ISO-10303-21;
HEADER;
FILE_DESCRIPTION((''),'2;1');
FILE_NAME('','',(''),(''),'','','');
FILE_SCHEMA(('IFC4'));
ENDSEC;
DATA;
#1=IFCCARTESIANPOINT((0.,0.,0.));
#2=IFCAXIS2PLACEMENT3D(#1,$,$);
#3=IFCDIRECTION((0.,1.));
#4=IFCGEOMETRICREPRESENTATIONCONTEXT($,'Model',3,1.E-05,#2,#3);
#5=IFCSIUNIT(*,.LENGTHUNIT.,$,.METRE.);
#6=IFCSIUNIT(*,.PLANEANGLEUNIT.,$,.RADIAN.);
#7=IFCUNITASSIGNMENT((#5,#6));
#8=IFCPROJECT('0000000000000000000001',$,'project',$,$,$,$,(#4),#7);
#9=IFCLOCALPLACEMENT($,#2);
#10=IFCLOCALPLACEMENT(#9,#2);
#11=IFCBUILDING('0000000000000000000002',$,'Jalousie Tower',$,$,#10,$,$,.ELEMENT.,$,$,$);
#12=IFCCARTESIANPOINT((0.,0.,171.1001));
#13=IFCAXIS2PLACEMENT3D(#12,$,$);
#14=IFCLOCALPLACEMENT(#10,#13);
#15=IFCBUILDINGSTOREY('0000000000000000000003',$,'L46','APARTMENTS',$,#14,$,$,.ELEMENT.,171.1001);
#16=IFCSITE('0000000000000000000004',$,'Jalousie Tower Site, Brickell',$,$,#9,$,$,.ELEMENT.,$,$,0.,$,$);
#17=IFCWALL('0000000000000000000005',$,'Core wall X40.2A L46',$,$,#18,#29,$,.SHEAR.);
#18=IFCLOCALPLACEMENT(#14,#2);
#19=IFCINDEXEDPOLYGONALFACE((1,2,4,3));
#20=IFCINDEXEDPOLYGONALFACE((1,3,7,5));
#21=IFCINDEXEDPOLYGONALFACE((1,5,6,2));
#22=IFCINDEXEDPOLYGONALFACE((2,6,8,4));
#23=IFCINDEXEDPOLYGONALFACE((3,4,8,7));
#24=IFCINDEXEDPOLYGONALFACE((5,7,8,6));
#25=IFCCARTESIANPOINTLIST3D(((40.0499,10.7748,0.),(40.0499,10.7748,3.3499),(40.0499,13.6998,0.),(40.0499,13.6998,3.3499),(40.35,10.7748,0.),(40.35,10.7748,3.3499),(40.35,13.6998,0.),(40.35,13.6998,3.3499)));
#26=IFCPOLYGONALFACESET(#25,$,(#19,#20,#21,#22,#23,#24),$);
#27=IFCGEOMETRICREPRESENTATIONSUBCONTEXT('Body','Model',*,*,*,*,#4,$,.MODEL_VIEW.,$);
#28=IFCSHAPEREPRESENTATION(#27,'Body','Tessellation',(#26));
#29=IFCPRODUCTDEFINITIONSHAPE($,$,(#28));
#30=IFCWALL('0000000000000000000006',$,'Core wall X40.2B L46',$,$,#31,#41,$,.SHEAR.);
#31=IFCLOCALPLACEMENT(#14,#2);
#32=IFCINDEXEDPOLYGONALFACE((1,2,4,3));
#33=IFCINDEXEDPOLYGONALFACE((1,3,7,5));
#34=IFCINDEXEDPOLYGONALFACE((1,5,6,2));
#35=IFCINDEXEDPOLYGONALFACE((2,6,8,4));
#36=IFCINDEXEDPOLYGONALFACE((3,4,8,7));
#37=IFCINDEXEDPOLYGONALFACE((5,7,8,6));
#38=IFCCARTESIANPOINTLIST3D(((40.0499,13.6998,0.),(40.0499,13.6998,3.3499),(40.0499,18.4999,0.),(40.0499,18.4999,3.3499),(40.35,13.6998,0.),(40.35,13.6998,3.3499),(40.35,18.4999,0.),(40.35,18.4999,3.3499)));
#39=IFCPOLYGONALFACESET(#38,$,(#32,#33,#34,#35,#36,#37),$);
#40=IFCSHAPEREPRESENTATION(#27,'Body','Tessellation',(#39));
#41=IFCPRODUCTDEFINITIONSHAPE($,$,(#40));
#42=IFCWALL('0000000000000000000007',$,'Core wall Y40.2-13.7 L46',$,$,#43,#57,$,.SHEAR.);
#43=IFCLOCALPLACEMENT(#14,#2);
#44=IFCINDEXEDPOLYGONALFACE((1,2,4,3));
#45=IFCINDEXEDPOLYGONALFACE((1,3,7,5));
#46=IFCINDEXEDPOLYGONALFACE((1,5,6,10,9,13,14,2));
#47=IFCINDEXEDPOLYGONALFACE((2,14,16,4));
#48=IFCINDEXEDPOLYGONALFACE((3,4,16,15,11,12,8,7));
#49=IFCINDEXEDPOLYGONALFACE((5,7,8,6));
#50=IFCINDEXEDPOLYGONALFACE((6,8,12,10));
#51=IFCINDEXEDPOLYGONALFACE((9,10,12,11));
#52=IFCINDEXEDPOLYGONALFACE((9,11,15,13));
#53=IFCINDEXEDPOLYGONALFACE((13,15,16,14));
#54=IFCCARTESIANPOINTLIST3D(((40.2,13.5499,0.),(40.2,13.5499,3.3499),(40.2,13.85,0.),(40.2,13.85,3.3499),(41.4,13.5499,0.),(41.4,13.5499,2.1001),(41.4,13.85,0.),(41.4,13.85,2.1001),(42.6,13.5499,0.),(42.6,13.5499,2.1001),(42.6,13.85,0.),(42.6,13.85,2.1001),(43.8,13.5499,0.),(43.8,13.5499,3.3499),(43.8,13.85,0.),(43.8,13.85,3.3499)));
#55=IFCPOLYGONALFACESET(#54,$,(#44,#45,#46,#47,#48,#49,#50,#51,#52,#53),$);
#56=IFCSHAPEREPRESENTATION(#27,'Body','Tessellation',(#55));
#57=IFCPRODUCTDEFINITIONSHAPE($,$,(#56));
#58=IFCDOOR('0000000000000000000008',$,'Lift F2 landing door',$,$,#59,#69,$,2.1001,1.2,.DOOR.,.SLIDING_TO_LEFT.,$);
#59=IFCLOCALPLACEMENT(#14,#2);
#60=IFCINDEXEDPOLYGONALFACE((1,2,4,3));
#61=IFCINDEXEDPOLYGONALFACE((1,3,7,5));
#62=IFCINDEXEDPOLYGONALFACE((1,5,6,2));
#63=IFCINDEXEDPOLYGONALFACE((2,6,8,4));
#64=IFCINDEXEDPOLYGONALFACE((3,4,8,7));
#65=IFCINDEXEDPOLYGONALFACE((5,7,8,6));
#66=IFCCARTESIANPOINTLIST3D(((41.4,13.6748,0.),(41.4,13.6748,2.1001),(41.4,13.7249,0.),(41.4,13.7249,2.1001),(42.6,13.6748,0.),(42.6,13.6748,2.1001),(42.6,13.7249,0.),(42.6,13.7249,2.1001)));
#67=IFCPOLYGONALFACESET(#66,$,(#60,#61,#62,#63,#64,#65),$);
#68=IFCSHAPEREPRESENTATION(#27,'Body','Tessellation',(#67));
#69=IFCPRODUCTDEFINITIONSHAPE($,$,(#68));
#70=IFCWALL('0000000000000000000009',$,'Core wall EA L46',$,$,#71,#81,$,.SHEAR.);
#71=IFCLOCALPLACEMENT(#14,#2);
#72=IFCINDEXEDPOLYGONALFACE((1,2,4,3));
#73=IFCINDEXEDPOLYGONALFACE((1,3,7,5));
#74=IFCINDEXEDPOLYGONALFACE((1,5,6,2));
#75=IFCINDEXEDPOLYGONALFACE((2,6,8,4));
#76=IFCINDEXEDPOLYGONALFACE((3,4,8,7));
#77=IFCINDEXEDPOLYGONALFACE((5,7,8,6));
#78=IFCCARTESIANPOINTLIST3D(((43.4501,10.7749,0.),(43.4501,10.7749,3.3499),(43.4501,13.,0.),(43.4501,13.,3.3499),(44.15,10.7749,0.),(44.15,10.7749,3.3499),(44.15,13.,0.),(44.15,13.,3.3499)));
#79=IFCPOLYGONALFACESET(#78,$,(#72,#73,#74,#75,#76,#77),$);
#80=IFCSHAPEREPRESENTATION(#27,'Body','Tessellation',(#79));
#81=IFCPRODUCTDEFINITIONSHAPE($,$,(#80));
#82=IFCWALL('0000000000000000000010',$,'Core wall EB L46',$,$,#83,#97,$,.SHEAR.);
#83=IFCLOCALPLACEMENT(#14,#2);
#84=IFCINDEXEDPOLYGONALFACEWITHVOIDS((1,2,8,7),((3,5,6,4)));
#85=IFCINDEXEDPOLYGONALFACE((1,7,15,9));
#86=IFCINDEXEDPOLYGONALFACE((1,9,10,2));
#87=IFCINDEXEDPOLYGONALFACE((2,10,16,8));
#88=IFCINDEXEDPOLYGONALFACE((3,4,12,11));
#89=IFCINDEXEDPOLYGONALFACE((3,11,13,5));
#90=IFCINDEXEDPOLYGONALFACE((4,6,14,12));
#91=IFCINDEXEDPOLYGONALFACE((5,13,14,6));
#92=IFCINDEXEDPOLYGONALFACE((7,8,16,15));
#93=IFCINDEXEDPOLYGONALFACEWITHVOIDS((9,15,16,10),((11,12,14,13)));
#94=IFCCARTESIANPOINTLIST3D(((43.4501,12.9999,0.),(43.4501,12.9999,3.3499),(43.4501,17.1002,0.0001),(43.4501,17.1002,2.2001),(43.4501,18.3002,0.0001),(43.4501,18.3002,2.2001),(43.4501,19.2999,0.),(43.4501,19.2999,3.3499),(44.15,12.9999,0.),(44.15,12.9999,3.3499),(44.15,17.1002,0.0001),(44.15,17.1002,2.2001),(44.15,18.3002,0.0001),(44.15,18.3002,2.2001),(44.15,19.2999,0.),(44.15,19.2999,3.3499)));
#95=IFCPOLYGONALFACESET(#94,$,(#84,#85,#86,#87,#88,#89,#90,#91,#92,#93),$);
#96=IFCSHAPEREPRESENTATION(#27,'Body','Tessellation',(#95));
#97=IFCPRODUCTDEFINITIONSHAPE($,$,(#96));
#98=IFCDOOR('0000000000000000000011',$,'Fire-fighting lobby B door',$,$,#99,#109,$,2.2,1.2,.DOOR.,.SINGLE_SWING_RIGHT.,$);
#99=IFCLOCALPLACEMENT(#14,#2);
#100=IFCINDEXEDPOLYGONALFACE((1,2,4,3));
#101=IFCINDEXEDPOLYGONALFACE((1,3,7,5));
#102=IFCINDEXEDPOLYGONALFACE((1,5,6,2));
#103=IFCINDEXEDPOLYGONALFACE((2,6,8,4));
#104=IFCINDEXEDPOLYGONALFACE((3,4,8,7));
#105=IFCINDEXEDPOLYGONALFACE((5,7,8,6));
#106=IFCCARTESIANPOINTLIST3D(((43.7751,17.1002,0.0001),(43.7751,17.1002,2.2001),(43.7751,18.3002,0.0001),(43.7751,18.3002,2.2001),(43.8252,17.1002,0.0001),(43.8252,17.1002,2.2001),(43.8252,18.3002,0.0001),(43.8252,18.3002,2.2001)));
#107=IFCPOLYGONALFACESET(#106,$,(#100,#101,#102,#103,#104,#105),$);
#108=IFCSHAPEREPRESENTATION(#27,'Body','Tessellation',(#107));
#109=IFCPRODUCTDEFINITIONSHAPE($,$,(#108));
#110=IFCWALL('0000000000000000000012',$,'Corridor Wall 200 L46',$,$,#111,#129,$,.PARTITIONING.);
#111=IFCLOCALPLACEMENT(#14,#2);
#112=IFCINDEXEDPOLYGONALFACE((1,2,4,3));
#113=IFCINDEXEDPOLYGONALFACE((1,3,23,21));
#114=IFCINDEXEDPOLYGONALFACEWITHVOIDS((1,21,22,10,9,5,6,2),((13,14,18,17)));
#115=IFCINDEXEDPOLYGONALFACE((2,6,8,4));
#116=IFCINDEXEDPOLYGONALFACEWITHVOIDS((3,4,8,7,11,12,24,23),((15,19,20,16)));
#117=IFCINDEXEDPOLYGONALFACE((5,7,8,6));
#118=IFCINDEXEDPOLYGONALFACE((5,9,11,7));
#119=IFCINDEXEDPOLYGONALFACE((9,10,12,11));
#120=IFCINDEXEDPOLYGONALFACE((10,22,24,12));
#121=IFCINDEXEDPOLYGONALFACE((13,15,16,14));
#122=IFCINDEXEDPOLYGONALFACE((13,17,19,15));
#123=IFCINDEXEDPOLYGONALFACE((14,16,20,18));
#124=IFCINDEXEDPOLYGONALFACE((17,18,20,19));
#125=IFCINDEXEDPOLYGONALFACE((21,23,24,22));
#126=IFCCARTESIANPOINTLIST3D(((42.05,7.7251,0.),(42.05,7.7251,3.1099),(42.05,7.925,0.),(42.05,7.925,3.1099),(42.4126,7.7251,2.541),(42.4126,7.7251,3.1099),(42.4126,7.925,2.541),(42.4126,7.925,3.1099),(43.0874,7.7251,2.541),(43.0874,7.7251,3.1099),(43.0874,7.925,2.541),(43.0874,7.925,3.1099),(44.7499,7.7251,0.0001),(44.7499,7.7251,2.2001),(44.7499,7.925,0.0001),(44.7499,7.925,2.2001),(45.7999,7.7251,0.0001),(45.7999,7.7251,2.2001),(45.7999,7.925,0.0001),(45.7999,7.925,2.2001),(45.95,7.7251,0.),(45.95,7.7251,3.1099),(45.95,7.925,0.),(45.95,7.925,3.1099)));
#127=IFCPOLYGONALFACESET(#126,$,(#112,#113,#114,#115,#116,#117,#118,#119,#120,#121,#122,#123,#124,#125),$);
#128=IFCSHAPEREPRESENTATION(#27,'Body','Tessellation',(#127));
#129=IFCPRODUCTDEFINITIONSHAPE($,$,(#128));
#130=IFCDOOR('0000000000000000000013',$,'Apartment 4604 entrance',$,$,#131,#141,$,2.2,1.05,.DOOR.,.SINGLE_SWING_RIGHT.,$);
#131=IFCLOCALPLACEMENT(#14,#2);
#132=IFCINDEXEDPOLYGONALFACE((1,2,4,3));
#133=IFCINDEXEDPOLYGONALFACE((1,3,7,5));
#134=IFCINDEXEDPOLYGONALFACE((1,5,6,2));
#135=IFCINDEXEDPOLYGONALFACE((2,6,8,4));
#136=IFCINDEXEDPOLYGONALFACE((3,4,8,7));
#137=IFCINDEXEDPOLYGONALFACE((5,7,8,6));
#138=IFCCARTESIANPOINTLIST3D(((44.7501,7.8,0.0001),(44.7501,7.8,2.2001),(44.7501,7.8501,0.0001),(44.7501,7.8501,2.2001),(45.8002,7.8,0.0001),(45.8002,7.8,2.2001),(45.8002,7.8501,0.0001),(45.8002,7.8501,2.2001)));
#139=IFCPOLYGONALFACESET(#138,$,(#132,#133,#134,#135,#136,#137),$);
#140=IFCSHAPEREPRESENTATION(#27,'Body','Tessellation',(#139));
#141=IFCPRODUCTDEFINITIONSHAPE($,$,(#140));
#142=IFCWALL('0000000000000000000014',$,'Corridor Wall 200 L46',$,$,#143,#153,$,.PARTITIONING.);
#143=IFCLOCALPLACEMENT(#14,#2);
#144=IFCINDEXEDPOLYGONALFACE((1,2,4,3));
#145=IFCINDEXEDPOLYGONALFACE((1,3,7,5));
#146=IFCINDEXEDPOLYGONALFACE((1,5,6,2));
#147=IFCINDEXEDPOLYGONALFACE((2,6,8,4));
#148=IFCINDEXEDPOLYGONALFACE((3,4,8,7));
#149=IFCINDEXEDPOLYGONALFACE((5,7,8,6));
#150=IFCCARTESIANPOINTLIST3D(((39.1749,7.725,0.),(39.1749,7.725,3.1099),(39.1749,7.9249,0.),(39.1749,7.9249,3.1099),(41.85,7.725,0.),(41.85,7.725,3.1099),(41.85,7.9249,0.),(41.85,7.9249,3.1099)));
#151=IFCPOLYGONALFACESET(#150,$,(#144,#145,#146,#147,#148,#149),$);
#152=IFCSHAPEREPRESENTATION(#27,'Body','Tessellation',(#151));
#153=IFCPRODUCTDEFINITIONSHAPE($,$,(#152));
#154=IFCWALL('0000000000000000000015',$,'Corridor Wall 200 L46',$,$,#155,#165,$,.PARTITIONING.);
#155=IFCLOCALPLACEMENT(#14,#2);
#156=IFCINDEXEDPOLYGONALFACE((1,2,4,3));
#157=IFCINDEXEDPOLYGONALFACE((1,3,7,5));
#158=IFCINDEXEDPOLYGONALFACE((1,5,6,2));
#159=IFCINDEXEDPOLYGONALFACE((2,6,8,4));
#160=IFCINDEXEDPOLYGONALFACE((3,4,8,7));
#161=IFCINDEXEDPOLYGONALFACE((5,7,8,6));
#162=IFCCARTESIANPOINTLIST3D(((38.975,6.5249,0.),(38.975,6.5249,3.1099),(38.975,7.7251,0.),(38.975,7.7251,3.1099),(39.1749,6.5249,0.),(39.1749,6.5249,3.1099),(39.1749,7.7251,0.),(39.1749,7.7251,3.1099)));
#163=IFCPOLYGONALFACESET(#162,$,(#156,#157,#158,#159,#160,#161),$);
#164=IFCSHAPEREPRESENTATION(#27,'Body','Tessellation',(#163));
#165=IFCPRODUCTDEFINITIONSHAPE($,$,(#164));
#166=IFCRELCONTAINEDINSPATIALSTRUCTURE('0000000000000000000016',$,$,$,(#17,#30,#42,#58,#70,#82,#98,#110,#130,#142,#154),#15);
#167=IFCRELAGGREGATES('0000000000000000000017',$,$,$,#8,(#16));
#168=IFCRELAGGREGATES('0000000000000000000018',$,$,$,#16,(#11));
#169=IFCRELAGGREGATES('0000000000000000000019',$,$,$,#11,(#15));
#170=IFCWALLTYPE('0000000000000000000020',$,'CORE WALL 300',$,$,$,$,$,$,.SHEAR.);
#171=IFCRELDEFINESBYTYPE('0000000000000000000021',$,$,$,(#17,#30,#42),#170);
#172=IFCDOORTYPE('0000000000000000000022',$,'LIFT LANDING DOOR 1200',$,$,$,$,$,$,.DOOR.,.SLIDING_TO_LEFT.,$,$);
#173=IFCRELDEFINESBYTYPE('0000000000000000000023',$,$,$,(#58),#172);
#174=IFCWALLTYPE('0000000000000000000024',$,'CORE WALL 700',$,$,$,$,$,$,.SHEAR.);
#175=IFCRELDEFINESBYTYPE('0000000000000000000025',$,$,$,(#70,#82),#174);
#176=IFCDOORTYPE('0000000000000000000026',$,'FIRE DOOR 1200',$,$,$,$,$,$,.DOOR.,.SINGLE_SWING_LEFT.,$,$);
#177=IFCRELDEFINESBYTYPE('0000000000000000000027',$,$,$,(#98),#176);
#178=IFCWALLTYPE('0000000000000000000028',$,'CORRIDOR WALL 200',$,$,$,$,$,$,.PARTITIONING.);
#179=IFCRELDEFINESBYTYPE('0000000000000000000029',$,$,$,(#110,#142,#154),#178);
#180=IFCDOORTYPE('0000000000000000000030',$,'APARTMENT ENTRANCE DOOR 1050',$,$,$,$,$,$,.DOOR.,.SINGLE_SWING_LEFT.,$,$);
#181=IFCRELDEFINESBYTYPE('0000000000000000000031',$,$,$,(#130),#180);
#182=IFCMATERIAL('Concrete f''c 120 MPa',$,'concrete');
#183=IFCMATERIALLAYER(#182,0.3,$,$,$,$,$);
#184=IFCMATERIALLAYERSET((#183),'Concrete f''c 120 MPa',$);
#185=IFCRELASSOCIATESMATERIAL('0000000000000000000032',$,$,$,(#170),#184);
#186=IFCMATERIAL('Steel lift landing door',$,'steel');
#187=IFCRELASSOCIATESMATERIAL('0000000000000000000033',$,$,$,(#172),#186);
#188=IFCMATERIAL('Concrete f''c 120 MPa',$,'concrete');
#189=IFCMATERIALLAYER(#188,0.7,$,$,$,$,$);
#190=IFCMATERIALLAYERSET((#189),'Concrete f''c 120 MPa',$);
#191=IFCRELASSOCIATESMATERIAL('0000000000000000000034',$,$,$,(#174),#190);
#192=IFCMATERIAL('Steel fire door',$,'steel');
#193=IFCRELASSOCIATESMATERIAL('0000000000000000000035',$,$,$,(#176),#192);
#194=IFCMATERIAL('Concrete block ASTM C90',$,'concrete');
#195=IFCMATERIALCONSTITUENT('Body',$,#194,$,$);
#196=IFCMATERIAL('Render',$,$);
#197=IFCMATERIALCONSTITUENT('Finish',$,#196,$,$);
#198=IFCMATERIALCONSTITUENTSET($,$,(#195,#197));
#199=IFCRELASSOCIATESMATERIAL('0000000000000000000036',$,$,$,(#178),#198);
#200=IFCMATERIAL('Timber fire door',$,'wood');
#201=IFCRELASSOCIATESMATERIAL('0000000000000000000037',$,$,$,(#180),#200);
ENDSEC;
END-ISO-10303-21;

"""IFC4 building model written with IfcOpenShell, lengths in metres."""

from ifc_helpers import new_model, si_unit, direction, frame, frame_2d, origin, place, context, subcontext, project, spatial, polyline, rectangle, outline, extrude, material, layer, layer_set, constituent, constituent_set, type_object, element, fill, save


model = new_model("IFC4")

# Units and contexts
model_context = context("Model", 3, precision=1e-05, world=origin(), true_north=direction((0.0, 1.0)))
body_context = subcontext(model_context, "Body", "Model", "MODEL_VIEW")
ifc_project = project(units=[si_unit("LENGTHUNIT", "METRE"), si_unit("PLANEANGLEUNIT", "RADIAN")], contexts=[model_context])

# Site, building, storey
site_placement = place(None, origin())
site = spatial("IfcSite", under=ifc_project, at=site_placement, Name="Jalousie Tower Site, Brickell", CompositionType="ELEMENT", RefElevation=0.0)
building_placement = place(site_placement, origin())
building = spatial("IfcBuilding", under=site, at=building_placement, Name="Jalousie Tower", CompositionType="ELEMENT")
storey_placement = place(building_placement, frame((0.0, 0.0, 171.1001)))
storey = spatial("IfcBuildingStorey", under=building, at=storey_placement, Name="L46", Description="APARTMENTS", CompositionType="ELEMENT", Elevation=171.1001)

# Walls
ifc_material_1 = material(Name="Concrete f'c 120 MPa", Category="concrete")
ifc_layer_1 = layer(ifc_material_1, 0.3)
ifc_layer_set_1 = layer_set([ifc_layer_1], Name="Concrete f'c 120 MPa")
wall_type_1 = type_object("IfcWallType", Name="CORE WALL 300", PredefinedType="SHEAR", material=ifc_layer_set_1)
wall_1_placement = place(storey_placement, frame((40.2, 10.7749, 0.0), z_axis=(0.0, 0.0, 1.0), x_axis=(0.0, 1.0, 0.0)))
element("IfcWall", 1, at=wall_1_placement, inside=storey, type_object=wall_type_1, Name="Core wall X40.2A L46", PredefinedType="SHEAR", context=body_context, shape_type="SweptSolid", body=[
    extrude(rectangle(XDim=2.925, YDim=0.3, at=frame_2d((1.4624, 0.0))), origin(), (0.0, 0.0, 1.0), 3.3499),
])
wall_2_placement = place(storey_placement, frame((40.2, 13.7, 0.0), z_axis=(0.0, 0.0, 1.0), x_axis=(0.0, 1.0, 0.0)))
element("IfcWall", 2, at=wall_2_placement, inside=storey, type_object=wall_type_1, Name="Core wall X40.2B L46", PredefinedType="SHEAR", context=body_context, shape_type="SweptSolid", body=[
    extrude(rectangle(XDim=4.8, YDim=0.3, at=frame_2d((2.3999, 0.0))), origin(), (0.0, 0.0, 1.0), 3.3499),
])

# Wall, opening, door
wall_3_placement = place(storey_placement, frame((40.2, 13.7, 0.0), z_axis=(0.0, 0.0, 1.0), x_axis=(1.0, 0.0, 0.0)))
wall_3 = element("IfcWall", 3, at=wall_3_placement, inside=storey, type_object=wall_type_1, Name="Core wall Y40.2-13.7 L46", PredefinedType="SHEAR", context=body_context, shape_type="SweptSolid", body=[
    extrude(rectangle(XDim=3.6001, YDim=0.3, at=frame_2d((1.8, 0.0))), origin(), (0.0, 0.0, 1.0), 3.3499),
])
opening_1_placement = place(wall_3_placement, frame((1.2, 0.0, 0.0)))
opening_1 = element("IfcOpeningElement", 4, at=opening_1_placement, cuts=wall_3, PredefinedType="OPENING", context=body_context, shape_type="SweptSolid", body=[
    extrude(rectangle(XDim=1.2, YDim=2.1001, at=frame_2d((0.6001, 1.05))), frame((0.0, 0.1599, 0.0), z_axis=(0.0, -1.0, 0.0), x_axis=(1.0, 0.0, 0.0)), (0.0, 0.0, 1.0), 0.3201),
])
ifc_material_2 = material(Name="Steel lift landing door", Category="steel")
door_type_1 = type_object("IfcDoorType", Name="LIFT LANDING DOOR 1200", OperationType="SLIDING_TO_LEFT", PredefinedType="DOOR", material=ifc_material_2)
door_1_placement = place(opening_1_placement, origin())
door_1 = element("IfcDoor", 5, at=door_1_placement, inside=storey, type_object=door_type_1, Name="Lift F2 landing door", OperationType="SLIDING_TO_LEFT", OverallHeight=2.1001, OverallWidth=1.2, PredefinedType="DOOR", context=body_context, shape_type="SweptSolid", body=[
    extrude(rectangle(XDim=1.2, YDim=2.1001, at=frame_2d((0.6001, 1.05))), frame((0.0, 0.0249, 0.0), z_axis=(0.0, -1.0, 0.0), x_axis=(1.0, 0.0, 0.0)), (0.0, 0.0, 1.0), 0.05),
])
fill(opening_1, door_1)

# Wall
ifc_material_3 = material(Name="Concrete f'c 120 MPa", Category="concrete")
ifc_layer_2 = layer(ifc_material_3, 0.7)
ifc_layer_set_2 = layer_set([ifc_layer_2], Name="Concrete f'c 120 MPa")
wall_type_2 = type_object("IfcWallType", Name="CORE WALL 700", PredefinedType="SHEAR", material=ifc_layer_set_2)
wall_4_placement = place(storey_placement, frame((43.8, 10.7749, 0.0), z_axis=(0.0, 0.0, 1.0), x_axis=(0.0, 1.0, 0.0)))
element("IfcWall", 6, at=wall_4_placement, inside=storey, type_object=wall_type_2, Name="Core wall EA L46", PredefinedType="SHEAR", context=body_context, shape_type="SweptSolid", body=[
    extrude(rectangle(XDim=2.2251, YDim=0.7, at=frame_2d((1.1125, 0.0))), origin(), (0.0, 0.0, 1.0), 3.3499),
])

# Walls, openings, doors
wall_5_placement = place(storey_placement, frame((43.8, 13.0, 0.0), z_axis=(0.0, 0.0, 1.0), x_axis=(0.0, 1.0, 0.0)))
wall_5 = element("IfcWall", 7, at=wall_5_placement, inside=storey, type_object=wall_type_2, Name="Core wall EB L46", PredefinedType="SHEAR", context=body_context, shape_type="SweptSolid", body=[
    extrude(rectangle(XDim=6.3, YDim=0.7, at=frame_2d((3.1499, 0.0))), origin(), (0.0, 0.0, 1.0), 3.3499),
])
opening_2_placement = place(wall_5_placement, frame((4.1001, 0.0, 0.0)))
opening_2 = element("IfcOpeningElement", 8, at=opening_2_placement, cuts=wall_5, PredefinedType="OPENING", context=body_context, shape_type="SweptSolid", body=[
    extrude(rectangle(XDim=1.2, YDim=2.2, at=frame_2d((0.6001, 1.1001))), frame((0.0, 0.3599, 0.0), z_axis=(0.0, -1.0, 0.0), x_axis=(1.0, 0.0, 0.0)), (0.0, 0.0, 1.0), 0.72),
])
ifc_material_4 = material(Name="Steel fire door", Category="steel")
door_type_2 = type_object("IfcDoorType", Name="FIRE DOOR 1200", OperationType="SINGLE_SWING_LEFT", PredefinedType="DOOR", material=ifc_material_4)
door_2_placement = place(opening_2_placement, origin())
door_2 = element("IfcDoor", 9, at=door_2_placement, inside=storey, type_object=door_type_2, Name="Fire-fighting lobby B door", OperationType="SINGLE_SWING_RIGHT", OverallHeight=2.2, OverallWidth=1.2, PredefinedType="DOOR", context=body_context, shape_type="SweptSolid", body=[
    extrude(rectangle(XDim=1.2, YDim=2.2, at=frame_2d((0.6001, 1.1001))), frame((0.0, 0.0249, 0.0), z_axis=(0.0, -1.0, 0.0), x_axis=(1.0, 0.0, 0.0)), (0.0, 0.0, 1.0), 0.05),
])
fill(opening_2, door_2)
ifc_material_5 = material(Name="Concrete block ASTM C90", Category="concrete")
ifc_constituent_1 = constituent(ifc_material_5, Name="Body")
ifc_material_6 = material(Name="Render")
ifc_constituent_2 = constituent(ifc_material_6, Name="Finish")
ifc_constituent_set_1 = constituent_set(constituents=[ifc_constituent_1, ifc_constituent_2])
wall_type_3 = type_object("IfcWallType", Name="CORRIDOR WALL 200", PredefinedType="PARTITIONING", material=ifc_constituent_set_1)
wall_6_placement = place(storey_placement, frame((42.05, 7.825, 0.0), z_axis=(0.0, 0.0, 1.0), x_axis=(1.0, 0.0, 0.0)))
wall_6 = element("IfcWall", 10, at=wall_6_placement, inside=storey, type_object=wall_type_3, Name="Corridor Wall 200 L46", PredefinedType="PARTITIONING", context=body_context, shape_type="SweptSolid", body=[
    extrude(outline(polyline([(0.0, 0.0), (3.8999, 0.0), (3.8999, 3.1099), (1.0374, 3.1099), (1.0374, 2.541), (0.3625, 2.541), (0.3625, 3.1099), (0.0, 3.1099), (0.0, 0.0)])), frame((0.0, 0.1001, 0.0), z_axis=(0.0, -1.0, 0.0), x_axis=(1.0, 0.0, 0.0)), (0.0, 0.0, 1.0), 0.2),
])
opening_3_placement = place(wall_6_placement, frame((2.7, 0.0, 0.0)))
opening_3 = element("IfcOpeningElement", 11, at=opening_3_placement, cuts=wall_6, PredefinedType="OPENING", context=body_context, shape_type="SweptSolid", body=[
    extrude(rectangle(XDim=1.05, YDim=2.2, at=frame_2d((0.5249, 1.1001))), frame((0.0, 0.1099, 0.0), z_axis=(0.0, -1.0, 0.0), x_axis=(1.0, 0.0, 0.0)), (0.0, 0.0, 1.0), 0.22),
])
ifc_material_7 = material(Name="Timber fire door", Category="wood")
door_type_3 = type_object("IfcDoorType", Name="APARTMENT ENTRANCE DOOR 1050", OperationType="SINGLE_SWING_LEFT", PredefinedType="DOOR", material=ifc_material_7)
door_3_placement = place(opening_3_placement, frame((1.05, 0.0, 0.0), z_axis=(0.0, 0.0, 1.0), x_axis=(-1.0, 0.0, 0.0)))
door_3 = element("IfcDoor", 12, at=door_3_placement, inside=storey, type_object=door_type_3, Name="Apartment 4604 entrance", OperationType="SINGLE_SWING_RIGHT", OverallHeight=2.2, OverallWidth=1.05, PredefinedType="DOOR", context=body_context, shape_type="SweptSolid", body=[
    extrude(rectangle(XDim=1.05, YDim=2.2, at=frame_2d((0.5249, 1.1001))), frame((0.0, 0.0249, 0.0), z_axis=(0.0, -1.0, 0.0), x_axis=(1.0, 0.0, 0.0)), (0.0, 0.0, 1.0), 0.05),
])
fill(opening_3, door_3)

# Walls
wall_7_placement = place(storey_placement, frame((39.175, 7.825, 0.0), z_axis=(0.0, 0.0, 1.0), x_axis=(1.0, 0.0, 0.0)))
element("IfcWall", 13, at=wall_7_placement, inside=storey, type_object=wall_type_3, Name="Corridor Wall 200 L46", PredefinedType="PARTITIONING", context=body_context, shape_type="SweptSolid", body=[
    extrude(rectangle(XDim=2.675, YDim=0.2, at=frame_2d((1.3374, 0.0))), origin(), (0.0, 0.0, 1.0), 3.1099),
])
wall_8_placement = place(storey_placement, frame((39.075, 7.7251, 0.0), z_axis=(0.0, 0.0, 1.0), x_axis=(0.0, -1.0, 0.0)))
element("IfcWall", 14, at=wall_8_placement, inside=storey, type_object=wall_type_3, Name="Corridor Wall 200 L46", PredefinedType="PARTITIONING", context=body_context, shape_type="SweptSolid", body=[
    extrude(rectangle(XDim=1.2002, YDim=0.2, at=frame_2d((0.6001, 0.0))), origin(), (0.0, 0.0, 1.0), 3.1099),
])

save(model, "model.ifc")
